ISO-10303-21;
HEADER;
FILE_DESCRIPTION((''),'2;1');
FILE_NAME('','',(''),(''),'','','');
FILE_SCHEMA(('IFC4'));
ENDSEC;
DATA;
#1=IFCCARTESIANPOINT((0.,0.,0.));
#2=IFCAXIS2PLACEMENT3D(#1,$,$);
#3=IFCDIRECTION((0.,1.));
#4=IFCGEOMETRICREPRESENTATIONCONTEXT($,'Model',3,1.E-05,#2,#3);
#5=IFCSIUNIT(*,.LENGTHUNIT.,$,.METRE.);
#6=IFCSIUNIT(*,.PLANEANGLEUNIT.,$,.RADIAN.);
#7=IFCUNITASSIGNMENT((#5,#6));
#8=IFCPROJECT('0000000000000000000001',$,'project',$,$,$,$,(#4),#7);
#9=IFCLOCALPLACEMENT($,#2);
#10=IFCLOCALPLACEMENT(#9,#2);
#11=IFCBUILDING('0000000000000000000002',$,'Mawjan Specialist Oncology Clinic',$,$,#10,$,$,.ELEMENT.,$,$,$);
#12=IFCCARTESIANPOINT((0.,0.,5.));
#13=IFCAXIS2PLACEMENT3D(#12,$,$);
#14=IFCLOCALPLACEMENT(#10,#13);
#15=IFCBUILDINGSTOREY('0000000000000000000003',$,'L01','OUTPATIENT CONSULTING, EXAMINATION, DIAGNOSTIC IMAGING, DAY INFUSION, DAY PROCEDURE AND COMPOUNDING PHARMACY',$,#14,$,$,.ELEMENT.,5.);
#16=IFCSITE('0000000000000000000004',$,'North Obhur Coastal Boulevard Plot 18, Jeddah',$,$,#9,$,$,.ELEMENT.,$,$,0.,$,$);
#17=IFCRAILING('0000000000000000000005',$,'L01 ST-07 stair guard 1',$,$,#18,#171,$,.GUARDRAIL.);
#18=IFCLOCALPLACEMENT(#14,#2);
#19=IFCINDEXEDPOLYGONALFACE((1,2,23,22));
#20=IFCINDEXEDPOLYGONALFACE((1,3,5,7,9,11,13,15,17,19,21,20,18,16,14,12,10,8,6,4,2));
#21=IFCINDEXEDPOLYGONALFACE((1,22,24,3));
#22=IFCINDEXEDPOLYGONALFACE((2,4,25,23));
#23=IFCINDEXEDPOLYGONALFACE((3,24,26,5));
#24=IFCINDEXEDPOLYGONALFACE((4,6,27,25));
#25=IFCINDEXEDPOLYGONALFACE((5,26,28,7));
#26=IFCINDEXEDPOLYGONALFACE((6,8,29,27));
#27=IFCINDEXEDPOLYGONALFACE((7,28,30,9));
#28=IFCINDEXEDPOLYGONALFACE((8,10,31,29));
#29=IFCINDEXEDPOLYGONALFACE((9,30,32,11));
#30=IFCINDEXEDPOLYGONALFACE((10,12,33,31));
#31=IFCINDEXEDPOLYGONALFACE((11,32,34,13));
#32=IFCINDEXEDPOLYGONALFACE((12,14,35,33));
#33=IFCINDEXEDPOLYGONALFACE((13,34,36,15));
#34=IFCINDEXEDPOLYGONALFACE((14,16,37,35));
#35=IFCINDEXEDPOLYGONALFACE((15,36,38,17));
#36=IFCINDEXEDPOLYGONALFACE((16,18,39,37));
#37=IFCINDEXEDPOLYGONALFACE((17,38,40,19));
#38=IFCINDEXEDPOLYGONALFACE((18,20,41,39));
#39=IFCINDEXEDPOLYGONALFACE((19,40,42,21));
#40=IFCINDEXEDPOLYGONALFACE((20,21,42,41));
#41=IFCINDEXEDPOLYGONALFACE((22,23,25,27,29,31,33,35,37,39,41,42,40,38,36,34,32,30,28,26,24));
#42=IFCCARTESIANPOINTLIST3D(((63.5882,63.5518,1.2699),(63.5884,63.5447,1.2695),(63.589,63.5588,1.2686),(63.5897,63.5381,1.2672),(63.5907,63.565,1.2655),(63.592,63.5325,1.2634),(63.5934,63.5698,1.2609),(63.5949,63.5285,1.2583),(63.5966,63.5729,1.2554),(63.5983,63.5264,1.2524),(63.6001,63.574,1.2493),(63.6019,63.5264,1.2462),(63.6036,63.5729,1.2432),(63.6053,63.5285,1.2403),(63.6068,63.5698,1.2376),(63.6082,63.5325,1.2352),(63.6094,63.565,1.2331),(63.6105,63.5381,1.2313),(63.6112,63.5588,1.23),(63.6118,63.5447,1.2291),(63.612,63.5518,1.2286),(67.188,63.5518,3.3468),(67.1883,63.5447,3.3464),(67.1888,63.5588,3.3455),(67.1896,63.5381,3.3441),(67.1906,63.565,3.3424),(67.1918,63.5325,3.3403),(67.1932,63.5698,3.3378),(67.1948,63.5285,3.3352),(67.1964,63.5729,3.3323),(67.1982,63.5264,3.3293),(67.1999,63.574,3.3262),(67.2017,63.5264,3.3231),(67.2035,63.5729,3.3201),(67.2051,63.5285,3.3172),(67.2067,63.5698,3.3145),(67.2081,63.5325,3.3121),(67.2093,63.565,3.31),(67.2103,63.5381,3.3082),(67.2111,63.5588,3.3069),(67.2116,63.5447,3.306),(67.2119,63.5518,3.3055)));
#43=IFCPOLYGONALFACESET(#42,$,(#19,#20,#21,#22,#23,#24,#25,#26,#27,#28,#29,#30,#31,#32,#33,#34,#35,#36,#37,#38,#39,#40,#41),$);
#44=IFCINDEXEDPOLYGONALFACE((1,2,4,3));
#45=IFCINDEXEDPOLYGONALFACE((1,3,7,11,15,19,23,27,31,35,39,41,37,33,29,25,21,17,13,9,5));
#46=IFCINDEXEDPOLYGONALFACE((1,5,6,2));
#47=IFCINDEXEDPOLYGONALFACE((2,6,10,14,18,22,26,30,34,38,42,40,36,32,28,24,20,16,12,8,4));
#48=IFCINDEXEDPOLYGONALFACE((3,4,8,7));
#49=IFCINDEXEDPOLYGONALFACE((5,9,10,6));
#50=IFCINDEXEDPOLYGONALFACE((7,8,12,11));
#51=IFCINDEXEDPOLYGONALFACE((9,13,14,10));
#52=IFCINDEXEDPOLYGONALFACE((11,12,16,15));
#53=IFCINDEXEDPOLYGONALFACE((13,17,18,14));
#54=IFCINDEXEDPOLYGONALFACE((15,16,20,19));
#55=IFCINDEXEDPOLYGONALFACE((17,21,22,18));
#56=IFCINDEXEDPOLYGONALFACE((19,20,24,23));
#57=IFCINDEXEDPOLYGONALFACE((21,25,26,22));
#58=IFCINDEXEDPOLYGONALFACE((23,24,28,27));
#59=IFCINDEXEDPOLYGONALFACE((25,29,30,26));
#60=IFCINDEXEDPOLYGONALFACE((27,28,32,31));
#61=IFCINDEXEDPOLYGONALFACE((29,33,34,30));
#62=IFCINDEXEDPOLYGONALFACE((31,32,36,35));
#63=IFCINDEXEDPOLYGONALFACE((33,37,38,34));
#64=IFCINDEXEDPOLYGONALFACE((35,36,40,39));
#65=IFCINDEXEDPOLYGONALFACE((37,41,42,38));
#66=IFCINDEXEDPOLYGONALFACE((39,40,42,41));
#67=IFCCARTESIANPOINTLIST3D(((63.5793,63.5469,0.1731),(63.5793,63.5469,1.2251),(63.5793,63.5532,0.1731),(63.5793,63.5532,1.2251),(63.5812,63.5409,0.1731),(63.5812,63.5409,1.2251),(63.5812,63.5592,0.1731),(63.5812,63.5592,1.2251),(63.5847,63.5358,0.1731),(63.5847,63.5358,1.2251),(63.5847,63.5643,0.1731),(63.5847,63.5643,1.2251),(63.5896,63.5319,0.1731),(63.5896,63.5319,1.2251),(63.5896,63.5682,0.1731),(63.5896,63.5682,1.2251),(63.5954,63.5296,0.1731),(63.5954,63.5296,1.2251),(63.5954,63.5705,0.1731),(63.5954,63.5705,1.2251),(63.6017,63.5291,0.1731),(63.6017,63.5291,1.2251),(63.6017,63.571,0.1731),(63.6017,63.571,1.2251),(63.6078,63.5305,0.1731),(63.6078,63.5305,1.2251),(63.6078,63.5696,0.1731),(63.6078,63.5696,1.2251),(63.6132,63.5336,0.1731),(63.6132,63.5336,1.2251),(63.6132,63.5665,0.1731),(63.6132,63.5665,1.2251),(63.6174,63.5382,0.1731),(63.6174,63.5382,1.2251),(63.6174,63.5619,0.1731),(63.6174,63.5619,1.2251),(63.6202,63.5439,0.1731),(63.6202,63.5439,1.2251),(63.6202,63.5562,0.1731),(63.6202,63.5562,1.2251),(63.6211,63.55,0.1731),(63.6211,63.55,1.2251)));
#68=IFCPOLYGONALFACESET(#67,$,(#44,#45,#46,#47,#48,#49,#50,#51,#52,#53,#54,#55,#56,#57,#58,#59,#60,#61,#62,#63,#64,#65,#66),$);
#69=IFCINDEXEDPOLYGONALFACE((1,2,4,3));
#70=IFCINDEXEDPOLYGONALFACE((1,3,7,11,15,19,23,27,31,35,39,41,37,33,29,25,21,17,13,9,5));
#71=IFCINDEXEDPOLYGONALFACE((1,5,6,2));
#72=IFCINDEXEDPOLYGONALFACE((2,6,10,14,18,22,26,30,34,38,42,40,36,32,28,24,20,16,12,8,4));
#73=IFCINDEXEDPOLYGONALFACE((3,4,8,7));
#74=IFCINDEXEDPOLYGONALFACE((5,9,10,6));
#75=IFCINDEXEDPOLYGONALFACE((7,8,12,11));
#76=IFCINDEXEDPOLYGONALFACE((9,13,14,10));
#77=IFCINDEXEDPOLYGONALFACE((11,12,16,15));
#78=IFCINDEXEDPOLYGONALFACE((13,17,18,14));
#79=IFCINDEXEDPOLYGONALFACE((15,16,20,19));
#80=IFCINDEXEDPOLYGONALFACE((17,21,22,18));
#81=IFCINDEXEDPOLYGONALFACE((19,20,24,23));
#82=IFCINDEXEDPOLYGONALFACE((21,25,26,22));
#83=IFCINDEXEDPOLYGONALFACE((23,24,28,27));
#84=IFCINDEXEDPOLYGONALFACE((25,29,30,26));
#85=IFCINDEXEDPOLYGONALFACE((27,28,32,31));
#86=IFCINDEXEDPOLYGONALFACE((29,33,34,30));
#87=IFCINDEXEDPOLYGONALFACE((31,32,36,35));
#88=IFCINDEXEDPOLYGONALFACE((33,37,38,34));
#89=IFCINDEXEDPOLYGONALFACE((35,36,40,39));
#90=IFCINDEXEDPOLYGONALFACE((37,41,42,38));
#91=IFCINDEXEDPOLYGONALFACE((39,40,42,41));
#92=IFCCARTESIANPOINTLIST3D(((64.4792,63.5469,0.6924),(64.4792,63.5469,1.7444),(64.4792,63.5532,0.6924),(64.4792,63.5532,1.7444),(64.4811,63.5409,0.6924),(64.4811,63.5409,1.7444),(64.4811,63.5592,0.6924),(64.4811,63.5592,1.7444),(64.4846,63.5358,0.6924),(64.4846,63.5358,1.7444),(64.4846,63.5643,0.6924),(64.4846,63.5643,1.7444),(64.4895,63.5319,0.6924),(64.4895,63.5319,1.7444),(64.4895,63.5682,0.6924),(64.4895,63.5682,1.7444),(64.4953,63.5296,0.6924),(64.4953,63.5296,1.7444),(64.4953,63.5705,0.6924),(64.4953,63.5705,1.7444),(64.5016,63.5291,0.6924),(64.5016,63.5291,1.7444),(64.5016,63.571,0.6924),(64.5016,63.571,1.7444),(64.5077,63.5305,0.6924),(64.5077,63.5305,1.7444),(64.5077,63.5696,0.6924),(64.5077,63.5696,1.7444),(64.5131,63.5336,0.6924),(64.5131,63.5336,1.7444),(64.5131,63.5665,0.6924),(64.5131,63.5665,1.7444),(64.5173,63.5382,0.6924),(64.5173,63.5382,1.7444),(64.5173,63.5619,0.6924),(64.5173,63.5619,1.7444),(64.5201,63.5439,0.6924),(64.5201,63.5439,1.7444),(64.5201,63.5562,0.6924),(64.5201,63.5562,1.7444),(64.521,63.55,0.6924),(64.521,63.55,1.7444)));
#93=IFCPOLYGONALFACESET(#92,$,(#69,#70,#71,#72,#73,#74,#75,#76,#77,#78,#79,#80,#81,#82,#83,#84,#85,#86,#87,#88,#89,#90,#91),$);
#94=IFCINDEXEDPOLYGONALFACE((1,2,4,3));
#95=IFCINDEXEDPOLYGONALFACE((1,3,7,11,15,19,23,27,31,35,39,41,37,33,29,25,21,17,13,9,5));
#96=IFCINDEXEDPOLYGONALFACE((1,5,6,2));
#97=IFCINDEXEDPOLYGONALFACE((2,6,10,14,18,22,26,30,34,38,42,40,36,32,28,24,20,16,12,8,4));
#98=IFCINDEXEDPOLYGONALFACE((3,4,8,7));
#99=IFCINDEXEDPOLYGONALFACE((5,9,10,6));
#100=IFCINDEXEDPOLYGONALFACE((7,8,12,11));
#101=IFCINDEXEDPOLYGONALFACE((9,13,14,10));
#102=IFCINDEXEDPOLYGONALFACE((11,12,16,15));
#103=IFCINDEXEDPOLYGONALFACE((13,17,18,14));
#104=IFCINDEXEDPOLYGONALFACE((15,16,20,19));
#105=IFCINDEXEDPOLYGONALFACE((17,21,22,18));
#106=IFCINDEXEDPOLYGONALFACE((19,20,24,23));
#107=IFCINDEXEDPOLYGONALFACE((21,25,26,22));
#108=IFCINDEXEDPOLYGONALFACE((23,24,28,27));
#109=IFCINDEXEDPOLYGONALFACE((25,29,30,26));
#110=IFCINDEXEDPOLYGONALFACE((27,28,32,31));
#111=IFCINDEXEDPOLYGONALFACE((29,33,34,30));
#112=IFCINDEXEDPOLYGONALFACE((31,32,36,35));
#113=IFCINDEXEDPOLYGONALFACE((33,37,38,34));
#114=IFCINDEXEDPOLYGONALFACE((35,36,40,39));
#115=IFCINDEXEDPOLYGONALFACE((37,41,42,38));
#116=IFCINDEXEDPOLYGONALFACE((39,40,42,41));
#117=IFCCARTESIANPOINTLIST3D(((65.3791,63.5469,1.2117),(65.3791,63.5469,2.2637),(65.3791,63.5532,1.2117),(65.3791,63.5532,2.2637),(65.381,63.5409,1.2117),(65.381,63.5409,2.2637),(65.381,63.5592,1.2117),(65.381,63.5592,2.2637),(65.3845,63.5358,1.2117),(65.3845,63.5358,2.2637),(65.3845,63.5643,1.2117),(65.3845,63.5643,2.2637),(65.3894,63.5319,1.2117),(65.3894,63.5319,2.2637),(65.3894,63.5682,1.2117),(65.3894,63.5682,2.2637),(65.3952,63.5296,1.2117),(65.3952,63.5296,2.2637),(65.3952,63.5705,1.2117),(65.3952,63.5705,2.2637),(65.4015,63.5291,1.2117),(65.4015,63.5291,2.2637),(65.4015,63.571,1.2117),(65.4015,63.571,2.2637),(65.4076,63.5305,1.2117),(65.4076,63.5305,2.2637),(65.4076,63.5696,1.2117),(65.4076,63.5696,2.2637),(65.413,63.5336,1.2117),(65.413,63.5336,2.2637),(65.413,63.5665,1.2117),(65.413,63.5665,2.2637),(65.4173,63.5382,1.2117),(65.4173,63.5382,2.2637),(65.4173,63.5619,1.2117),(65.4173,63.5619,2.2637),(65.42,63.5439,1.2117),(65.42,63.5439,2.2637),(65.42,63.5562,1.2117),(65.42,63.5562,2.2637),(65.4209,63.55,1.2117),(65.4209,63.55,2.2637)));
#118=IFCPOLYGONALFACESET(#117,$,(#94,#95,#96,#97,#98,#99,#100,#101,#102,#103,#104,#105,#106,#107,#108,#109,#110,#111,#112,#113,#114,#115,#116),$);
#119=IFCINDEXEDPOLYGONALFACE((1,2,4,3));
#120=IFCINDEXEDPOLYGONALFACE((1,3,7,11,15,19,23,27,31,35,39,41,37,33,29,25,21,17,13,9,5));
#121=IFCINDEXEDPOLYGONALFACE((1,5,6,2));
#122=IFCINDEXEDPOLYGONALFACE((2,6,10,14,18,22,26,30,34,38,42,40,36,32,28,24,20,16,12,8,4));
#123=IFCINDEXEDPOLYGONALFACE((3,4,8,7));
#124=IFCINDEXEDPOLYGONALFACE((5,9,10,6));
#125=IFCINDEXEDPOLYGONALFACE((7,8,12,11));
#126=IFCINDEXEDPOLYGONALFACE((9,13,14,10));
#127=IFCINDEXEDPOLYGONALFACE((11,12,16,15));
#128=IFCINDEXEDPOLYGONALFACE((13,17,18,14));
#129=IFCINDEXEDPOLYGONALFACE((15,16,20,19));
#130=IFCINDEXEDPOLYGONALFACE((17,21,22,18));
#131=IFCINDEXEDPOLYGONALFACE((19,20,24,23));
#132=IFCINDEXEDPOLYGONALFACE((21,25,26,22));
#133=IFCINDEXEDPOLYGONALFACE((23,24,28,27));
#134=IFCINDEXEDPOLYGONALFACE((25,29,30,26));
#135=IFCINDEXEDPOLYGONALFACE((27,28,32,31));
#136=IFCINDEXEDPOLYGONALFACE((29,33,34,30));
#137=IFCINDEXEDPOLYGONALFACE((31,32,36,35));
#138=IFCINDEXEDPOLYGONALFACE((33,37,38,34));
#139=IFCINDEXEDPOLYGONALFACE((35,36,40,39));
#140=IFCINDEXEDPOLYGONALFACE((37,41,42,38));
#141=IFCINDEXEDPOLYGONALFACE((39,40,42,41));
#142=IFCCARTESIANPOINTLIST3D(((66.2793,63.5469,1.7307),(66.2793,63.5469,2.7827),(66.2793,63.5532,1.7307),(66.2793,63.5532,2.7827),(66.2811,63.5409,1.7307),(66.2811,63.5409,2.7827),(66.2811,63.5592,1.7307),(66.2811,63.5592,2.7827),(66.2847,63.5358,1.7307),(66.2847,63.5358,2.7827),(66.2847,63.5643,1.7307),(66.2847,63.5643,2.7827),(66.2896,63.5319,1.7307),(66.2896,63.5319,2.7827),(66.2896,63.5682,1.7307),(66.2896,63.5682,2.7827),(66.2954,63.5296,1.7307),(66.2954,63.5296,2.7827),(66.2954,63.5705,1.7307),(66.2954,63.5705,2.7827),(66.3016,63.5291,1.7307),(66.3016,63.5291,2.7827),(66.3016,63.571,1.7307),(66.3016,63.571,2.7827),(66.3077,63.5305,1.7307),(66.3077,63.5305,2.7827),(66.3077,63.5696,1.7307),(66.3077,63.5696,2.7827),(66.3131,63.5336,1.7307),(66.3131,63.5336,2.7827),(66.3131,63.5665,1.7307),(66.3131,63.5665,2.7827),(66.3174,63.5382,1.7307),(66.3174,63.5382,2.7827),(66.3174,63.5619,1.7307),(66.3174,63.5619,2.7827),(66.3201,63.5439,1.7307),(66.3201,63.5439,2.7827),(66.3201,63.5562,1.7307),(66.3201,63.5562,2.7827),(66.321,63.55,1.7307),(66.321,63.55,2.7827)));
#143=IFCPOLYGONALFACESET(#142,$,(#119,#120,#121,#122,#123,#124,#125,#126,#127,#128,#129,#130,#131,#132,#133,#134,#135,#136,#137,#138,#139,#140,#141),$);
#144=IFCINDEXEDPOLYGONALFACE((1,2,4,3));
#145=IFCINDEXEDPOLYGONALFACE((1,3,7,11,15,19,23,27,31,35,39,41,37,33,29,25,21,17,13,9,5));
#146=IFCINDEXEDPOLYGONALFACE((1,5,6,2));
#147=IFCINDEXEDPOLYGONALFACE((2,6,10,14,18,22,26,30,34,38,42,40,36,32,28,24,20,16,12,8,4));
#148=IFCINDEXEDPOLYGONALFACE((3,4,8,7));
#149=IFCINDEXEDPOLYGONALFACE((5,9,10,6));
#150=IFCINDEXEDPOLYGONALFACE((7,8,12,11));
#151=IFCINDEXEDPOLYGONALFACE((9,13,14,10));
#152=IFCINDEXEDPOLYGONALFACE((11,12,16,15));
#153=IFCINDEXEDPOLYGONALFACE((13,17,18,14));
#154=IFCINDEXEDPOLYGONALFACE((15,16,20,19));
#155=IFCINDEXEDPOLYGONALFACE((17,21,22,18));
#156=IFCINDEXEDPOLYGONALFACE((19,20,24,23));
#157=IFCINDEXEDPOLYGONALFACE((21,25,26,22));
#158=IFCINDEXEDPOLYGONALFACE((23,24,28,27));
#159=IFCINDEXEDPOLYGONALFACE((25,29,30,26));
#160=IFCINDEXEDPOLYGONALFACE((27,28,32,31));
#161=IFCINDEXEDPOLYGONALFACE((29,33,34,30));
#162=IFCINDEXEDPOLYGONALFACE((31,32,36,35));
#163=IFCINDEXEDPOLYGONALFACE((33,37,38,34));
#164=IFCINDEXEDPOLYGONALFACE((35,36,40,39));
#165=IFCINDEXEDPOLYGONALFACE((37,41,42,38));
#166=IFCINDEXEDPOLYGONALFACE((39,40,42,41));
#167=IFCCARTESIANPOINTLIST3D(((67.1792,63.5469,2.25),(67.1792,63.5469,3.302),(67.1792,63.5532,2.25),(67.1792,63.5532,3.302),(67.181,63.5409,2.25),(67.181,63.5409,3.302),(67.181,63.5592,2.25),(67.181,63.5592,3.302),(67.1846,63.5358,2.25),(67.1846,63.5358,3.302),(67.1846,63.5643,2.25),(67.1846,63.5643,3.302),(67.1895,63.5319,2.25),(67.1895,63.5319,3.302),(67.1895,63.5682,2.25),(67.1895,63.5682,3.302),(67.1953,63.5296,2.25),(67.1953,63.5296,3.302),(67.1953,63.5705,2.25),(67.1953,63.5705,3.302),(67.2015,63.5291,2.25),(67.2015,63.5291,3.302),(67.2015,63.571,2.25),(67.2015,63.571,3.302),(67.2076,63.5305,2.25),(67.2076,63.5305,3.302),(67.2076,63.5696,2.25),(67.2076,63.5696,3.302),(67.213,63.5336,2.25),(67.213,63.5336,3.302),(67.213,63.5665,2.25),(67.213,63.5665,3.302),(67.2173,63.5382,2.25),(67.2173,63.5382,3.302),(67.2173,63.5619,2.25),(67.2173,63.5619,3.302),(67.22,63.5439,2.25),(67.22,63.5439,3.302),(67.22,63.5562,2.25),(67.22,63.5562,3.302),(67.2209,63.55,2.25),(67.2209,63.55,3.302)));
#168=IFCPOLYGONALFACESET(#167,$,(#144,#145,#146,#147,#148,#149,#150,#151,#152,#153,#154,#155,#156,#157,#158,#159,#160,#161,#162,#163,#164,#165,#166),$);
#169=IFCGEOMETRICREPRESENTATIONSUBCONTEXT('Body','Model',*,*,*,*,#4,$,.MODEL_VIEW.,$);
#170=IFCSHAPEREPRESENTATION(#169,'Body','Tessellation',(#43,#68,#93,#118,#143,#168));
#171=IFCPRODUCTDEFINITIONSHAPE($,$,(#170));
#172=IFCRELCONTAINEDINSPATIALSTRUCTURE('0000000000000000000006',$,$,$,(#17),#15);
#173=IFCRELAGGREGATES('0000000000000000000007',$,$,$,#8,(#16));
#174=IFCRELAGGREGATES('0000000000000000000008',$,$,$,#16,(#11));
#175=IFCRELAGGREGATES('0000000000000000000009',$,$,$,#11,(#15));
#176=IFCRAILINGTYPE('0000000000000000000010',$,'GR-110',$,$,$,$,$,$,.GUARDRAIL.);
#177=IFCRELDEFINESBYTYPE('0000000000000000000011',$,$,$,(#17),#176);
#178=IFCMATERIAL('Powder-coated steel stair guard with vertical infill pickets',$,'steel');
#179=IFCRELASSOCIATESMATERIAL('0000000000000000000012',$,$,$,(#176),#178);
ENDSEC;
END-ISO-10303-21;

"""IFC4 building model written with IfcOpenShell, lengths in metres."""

from ifc_helpers import new_model, si_unit, direction, frame, origin, origin_2d, place, context, subcontext, project, spatial, circle, extrude, material, type_object, element, save


model = new_model("IFC4")

# Units and contexts
model_context = context("Model", 3, precision=1e-05, world=origin(), true_north=direction((0.0, 1.0)))
body_context = subcontext(model_context, "Body", "Model", "MODEL_VIEW")
ifc_project = project(units=[si_unit("LENGTHUNIT", "METRE"), si_unit("PLANEANGLEUNIT", "RADIAN")], contexts=[model_context])

# Site, building, storey
site_placement = place(None, origin())
site = spatial("IfcSite", under=ifc_project, at=site_placement, Name="North Obhur Coastal Boulevard Plot 18, Jeddah", CompositionType="ELEMENT", RefElevation=0.0)
building_placement = place(site_placement, origin())
building = spatial("IfcBuilding", under=site, at=building_placement, Name="Mawjan Specialist Oncology Clinic", CompositionType="ELEMENT")
storey_placement = place(building_placement, frame((0.0, 0.0, 5.0)))
storey = spatial("IfcBuildingStorey", under=building, at=storey_placement, Name="L01", Description="OUTPATIENT CONSULTING, EXAMINATION, DIAGNOSTIC IMAGING, DAY INFUSION, DAY PROCEDURE AND COMPOUNDING PHARMACY", CompositionType="ELEMENT", Elevation=5.0)

# Railing
ifc_material_1 = material(Name="Powder-coated steel stair guard with vertical infill pickets", Category="steel")
railing_type_1 = type_object("IfcRailingType", Name="GR-110", PredefinedType="GUARDRAIL", material=ifc_material_1)
railing_1_placement = place(storey_placement, frame((63.6001, 63.55, 0.1731)))
element("IfcRailing", 1, at=railing_1_placement, inside=storey, type_object=railing_type_1, Name="L01 ST-07 stair guard 1", PredefinedType="GUARDRAIL", context=body_context, shape_type="SweptSolid", body=[
    extrude(circle(Radius=0.0239, at=origin_2d()), frame((0.0, 0.0, 1.0762), z_axis=(0.866179, 0.0, 0.499734), x_axis=(0.0, 1.0, 0.0)), (0.0, 0.0, 1.0), 4.156),
    extrude(circle(Radius=0.021, at=origin_2d()), origin(), (0.0, 0.0, 1.0), 1.052),
    extrude(circle(Radius=0.021, at=origin_2d()), frame((0.8999, 0.0, 0.5193)), (0.0, 0.0, 1.0), 1.052),
    extrude(circle(Radius=0.021, at=origin_2d()), frame((1.7998, 0.0, 1.0386)), (0.0, 0.0, 1.0), 1.052),
    extrude(circle(Radius=0.021, at=origin_2d()), frame((2.7, 0.0, 1.5576)), (0.0, 0.0, 1.0), 1.052),
    extrude(circle(Radius=0.021, at=origin_2d()), frame((3.5999, 0.0, 2.0769)), (0.0, 0.0, 1.0), 1.052),
])

save(model, "model.ifc")
